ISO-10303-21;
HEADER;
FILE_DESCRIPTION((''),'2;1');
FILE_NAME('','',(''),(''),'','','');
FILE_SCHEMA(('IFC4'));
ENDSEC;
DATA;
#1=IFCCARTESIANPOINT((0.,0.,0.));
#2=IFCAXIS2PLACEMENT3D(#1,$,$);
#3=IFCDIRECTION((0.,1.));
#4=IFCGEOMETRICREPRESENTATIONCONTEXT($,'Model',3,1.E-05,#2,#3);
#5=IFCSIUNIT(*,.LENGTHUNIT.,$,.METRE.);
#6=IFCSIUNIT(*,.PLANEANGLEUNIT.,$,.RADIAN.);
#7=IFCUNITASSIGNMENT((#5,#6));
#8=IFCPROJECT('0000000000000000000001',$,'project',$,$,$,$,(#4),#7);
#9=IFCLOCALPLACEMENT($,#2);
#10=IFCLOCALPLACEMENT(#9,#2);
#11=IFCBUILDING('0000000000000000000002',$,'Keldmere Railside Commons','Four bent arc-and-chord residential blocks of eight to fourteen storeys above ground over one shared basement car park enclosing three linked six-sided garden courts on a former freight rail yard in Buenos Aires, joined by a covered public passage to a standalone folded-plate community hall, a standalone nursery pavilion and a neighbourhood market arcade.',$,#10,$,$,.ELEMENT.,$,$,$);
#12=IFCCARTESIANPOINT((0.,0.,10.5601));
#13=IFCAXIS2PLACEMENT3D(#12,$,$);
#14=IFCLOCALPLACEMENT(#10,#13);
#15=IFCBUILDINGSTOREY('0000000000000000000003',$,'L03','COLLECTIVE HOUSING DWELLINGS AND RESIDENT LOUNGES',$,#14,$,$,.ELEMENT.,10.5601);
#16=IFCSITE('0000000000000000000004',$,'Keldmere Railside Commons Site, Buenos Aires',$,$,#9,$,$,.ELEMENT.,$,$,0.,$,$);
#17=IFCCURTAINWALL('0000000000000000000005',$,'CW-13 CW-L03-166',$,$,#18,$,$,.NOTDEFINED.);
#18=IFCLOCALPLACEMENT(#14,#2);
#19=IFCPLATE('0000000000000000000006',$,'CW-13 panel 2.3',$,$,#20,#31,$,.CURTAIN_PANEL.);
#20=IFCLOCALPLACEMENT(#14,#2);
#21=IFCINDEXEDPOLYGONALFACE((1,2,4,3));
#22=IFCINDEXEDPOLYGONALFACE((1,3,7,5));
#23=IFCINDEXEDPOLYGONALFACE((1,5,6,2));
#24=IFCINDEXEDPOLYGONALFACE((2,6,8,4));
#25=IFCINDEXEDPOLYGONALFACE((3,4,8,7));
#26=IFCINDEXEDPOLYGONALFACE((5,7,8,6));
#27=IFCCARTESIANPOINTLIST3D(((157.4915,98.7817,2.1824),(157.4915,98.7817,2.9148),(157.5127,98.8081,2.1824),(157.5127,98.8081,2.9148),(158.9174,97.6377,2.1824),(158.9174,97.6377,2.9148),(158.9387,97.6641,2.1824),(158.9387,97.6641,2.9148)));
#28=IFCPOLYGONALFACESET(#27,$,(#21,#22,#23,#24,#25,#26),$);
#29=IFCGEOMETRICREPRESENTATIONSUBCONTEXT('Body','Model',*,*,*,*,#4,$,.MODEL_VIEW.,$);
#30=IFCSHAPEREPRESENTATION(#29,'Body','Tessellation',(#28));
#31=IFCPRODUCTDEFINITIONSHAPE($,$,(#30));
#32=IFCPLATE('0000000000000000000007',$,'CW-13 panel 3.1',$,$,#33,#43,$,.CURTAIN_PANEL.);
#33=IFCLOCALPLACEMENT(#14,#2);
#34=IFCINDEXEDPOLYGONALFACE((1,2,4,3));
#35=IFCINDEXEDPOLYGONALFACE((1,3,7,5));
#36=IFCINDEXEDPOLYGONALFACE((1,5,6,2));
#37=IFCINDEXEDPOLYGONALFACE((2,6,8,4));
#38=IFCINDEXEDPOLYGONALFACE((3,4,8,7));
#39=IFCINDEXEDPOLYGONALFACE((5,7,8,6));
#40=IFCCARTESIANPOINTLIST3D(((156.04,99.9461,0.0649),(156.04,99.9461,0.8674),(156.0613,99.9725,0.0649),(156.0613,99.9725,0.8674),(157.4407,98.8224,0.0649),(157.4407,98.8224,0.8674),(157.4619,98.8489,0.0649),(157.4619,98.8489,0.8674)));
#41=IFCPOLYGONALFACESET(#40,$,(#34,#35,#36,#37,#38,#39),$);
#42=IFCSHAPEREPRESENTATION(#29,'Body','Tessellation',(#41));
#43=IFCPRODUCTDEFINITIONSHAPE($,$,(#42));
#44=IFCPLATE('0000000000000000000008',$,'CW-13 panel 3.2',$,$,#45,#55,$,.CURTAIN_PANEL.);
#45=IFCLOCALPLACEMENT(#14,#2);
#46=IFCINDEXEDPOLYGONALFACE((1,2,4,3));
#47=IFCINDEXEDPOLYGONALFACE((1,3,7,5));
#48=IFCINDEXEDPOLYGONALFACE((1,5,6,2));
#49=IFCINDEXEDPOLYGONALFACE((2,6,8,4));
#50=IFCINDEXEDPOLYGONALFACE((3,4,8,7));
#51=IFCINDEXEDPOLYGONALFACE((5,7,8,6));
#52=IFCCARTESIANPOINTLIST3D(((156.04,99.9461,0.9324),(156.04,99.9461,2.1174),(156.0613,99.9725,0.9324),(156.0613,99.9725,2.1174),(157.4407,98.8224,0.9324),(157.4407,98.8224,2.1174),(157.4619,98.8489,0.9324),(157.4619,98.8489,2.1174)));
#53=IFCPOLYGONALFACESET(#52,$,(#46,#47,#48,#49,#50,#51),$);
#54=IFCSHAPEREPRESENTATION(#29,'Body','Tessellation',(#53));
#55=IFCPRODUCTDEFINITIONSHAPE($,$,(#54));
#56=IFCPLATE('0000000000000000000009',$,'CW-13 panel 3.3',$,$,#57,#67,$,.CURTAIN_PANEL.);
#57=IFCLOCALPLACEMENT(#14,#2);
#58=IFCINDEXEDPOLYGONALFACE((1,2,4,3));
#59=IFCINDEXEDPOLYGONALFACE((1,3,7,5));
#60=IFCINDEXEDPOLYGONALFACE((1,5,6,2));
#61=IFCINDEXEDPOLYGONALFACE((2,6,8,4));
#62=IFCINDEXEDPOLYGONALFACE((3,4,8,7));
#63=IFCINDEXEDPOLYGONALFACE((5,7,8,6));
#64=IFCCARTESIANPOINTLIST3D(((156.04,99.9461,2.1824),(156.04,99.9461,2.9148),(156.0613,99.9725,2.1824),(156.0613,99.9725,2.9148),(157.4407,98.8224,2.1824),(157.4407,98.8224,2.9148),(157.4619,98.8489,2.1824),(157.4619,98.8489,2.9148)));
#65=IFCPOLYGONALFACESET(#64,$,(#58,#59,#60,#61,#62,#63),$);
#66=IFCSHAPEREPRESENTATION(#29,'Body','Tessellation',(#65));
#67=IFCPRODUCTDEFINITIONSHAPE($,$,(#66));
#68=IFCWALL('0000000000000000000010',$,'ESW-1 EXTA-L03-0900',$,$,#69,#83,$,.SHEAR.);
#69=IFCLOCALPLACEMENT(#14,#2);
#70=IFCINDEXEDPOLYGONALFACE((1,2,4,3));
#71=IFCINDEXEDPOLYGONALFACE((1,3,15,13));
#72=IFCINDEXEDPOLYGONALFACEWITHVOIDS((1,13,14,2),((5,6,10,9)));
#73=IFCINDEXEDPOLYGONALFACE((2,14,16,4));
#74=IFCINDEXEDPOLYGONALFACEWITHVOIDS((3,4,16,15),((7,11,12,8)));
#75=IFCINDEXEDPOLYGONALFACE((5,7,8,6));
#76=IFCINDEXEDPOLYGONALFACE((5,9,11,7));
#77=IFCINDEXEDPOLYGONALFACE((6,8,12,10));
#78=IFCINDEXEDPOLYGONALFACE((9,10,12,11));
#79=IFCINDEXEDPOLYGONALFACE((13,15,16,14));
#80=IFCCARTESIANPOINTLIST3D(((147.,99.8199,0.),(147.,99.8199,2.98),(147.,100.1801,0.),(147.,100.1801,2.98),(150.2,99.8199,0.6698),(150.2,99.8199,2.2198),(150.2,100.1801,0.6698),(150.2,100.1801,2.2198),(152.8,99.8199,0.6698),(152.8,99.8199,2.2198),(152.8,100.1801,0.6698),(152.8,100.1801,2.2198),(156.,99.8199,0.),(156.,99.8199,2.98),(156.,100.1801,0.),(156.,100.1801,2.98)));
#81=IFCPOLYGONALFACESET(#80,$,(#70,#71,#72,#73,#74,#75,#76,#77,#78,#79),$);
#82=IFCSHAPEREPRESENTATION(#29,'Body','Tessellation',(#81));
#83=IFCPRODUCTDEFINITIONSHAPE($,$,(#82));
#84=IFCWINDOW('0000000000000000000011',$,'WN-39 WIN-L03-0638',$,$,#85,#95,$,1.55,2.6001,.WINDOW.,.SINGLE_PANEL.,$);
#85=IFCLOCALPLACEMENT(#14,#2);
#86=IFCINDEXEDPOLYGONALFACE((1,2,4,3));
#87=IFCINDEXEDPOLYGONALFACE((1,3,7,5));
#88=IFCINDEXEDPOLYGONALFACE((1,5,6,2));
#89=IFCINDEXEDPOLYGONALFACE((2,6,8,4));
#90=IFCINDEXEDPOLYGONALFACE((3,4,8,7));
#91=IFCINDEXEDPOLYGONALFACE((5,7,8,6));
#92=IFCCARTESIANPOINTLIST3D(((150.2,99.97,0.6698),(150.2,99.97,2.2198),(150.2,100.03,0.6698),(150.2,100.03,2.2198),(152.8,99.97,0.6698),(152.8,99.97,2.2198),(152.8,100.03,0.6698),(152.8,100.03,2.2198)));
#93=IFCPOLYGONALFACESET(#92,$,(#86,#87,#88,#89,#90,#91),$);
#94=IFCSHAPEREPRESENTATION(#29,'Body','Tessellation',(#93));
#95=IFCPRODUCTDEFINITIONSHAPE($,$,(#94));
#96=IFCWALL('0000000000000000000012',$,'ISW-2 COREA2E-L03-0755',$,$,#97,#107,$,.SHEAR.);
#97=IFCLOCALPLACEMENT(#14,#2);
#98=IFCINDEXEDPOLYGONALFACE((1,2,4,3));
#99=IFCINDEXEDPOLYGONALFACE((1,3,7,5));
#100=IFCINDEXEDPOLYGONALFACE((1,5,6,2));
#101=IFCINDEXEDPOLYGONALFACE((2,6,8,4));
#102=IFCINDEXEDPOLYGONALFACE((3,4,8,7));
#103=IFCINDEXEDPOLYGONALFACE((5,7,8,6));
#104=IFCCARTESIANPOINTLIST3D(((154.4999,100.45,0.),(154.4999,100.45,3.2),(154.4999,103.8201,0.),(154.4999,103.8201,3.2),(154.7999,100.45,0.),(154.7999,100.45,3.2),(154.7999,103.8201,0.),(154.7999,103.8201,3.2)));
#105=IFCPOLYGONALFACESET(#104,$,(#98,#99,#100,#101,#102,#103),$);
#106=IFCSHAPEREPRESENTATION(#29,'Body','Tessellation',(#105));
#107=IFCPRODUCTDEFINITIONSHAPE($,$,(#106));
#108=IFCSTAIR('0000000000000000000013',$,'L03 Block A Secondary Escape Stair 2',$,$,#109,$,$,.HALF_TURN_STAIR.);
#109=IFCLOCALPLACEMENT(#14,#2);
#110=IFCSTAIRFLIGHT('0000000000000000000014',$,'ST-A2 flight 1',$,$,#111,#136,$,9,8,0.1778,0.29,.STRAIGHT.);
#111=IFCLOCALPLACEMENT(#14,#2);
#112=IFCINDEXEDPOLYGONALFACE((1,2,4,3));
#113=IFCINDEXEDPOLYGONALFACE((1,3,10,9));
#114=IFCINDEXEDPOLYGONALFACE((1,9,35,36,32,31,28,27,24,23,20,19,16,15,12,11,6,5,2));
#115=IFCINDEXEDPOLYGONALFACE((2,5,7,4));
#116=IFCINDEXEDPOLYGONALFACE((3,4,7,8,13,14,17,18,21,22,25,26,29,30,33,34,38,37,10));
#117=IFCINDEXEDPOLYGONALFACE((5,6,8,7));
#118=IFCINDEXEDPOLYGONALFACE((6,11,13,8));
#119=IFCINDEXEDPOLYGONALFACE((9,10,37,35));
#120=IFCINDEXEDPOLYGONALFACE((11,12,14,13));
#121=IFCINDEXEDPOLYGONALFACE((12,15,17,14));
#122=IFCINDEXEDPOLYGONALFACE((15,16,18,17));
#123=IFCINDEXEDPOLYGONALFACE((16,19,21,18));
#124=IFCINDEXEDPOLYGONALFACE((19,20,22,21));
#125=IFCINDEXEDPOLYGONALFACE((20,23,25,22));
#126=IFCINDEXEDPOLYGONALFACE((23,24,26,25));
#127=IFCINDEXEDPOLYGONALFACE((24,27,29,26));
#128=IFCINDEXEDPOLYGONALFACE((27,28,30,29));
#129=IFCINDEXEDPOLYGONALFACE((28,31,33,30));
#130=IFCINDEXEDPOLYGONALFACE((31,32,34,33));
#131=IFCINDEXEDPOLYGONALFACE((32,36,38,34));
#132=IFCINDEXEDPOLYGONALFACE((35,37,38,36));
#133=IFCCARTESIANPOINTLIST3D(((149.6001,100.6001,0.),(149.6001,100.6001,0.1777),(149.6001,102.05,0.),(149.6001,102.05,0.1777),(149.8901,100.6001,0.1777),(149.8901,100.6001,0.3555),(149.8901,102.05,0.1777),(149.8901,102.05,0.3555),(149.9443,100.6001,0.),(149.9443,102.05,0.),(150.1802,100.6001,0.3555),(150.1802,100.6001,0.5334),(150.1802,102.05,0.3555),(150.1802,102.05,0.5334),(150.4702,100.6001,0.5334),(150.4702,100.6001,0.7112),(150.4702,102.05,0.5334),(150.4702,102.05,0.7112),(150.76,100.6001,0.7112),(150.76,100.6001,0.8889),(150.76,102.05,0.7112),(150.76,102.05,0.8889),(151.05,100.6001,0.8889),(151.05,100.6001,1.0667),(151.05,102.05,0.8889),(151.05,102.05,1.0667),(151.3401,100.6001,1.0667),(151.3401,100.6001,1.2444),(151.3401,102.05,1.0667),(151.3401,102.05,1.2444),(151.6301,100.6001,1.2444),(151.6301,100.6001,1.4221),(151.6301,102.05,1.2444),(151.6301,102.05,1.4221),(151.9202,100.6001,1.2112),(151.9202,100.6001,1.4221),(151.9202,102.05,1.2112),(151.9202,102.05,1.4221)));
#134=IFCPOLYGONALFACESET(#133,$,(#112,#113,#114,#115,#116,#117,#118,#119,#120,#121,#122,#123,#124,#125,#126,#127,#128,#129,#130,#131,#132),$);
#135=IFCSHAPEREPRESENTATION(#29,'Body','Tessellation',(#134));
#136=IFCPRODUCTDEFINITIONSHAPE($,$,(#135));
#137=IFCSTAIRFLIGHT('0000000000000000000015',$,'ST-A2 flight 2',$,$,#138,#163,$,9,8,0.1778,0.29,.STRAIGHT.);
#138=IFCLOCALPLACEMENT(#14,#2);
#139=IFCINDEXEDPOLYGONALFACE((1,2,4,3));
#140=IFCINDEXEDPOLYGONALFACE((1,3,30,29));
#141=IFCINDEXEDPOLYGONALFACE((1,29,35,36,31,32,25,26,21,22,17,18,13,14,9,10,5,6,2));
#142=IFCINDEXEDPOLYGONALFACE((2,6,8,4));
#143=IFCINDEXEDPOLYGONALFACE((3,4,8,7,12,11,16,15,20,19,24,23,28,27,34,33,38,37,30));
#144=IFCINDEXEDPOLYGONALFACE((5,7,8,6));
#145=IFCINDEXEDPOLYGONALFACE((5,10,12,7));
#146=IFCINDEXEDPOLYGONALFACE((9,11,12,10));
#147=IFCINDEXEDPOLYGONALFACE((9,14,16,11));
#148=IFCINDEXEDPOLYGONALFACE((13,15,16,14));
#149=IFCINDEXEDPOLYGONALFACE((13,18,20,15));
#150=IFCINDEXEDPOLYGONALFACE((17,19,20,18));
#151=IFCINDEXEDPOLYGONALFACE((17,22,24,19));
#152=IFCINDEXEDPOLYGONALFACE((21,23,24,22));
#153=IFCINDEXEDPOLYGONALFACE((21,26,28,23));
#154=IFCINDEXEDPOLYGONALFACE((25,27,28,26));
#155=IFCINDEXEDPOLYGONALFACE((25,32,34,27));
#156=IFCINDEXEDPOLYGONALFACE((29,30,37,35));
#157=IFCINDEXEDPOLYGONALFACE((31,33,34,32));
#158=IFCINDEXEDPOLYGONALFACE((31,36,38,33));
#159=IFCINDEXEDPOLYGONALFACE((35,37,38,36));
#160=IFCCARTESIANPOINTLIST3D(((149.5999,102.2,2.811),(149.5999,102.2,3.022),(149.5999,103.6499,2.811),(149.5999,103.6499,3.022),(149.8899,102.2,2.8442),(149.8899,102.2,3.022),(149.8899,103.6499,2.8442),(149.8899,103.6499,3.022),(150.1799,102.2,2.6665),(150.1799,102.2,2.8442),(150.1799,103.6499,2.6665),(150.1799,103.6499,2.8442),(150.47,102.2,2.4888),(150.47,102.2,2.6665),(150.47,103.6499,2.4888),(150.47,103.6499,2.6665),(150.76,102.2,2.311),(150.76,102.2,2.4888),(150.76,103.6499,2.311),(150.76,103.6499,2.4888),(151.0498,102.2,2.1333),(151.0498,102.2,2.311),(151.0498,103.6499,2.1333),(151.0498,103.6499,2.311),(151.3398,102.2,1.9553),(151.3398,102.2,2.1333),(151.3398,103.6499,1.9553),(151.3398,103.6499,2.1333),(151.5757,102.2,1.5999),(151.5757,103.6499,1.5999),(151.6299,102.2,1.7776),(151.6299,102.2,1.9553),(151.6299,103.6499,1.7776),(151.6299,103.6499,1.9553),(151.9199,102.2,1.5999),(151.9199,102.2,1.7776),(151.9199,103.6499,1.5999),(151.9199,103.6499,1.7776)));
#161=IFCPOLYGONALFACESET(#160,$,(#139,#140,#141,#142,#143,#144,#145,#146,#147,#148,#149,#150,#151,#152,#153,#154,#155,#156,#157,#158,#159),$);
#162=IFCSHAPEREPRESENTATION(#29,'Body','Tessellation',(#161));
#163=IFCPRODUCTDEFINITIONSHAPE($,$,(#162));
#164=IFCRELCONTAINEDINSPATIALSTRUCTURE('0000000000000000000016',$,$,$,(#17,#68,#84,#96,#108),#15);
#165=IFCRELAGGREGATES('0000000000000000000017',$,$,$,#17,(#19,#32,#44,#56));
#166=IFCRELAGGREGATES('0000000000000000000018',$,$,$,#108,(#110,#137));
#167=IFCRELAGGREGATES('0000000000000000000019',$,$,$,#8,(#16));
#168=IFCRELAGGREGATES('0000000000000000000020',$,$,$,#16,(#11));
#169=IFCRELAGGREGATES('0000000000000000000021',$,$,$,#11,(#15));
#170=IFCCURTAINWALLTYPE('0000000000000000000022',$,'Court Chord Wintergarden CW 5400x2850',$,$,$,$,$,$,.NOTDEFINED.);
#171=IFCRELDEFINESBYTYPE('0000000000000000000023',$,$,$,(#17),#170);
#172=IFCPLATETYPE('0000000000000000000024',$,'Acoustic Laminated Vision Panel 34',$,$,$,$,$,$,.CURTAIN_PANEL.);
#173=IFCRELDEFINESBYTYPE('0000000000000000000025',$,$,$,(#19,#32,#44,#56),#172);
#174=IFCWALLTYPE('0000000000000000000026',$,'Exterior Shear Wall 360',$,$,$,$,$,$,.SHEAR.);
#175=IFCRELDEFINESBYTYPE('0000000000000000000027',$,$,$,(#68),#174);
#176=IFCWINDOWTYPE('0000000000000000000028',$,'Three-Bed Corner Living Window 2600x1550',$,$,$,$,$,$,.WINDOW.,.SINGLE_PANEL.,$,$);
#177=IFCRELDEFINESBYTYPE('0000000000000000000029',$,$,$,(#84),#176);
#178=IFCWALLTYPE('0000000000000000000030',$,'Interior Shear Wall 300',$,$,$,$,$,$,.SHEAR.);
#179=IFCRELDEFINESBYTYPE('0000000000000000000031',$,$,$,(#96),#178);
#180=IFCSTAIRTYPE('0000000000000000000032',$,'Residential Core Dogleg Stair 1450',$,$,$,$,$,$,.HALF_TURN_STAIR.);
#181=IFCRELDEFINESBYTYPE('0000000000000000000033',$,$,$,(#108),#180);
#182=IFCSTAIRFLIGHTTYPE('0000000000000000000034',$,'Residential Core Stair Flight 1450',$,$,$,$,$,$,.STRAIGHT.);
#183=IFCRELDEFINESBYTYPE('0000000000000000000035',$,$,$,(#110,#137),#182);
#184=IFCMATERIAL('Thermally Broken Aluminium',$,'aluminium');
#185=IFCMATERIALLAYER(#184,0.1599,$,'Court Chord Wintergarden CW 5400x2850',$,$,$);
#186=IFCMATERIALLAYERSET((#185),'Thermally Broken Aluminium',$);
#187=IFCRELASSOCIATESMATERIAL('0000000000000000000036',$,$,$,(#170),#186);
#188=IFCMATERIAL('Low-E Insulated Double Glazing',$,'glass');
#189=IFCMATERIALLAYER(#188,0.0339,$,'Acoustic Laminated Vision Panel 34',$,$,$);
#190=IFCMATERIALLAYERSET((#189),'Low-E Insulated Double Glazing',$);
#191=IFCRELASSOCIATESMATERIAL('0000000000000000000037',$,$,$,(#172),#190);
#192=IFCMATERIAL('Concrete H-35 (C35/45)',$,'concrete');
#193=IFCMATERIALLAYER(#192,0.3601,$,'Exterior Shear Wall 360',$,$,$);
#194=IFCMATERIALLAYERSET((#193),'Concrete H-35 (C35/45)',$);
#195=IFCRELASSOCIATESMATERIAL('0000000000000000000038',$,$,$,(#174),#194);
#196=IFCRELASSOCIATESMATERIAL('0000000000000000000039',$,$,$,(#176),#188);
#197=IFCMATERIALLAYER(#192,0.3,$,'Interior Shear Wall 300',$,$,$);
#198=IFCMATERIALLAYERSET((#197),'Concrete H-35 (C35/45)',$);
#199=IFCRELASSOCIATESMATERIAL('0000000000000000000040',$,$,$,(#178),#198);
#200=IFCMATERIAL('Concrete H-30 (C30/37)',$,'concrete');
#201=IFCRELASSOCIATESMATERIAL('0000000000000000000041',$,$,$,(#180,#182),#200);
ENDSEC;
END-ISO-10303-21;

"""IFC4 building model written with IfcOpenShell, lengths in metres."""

from ifc_helpers import new_model, si_unit, direction, frame, frame_2d, origin, origin_2d, place, context, subcontext, project, spatial, polyline, rectangle, outline, extrude, material, layer, layer_set, type_object, element, fill, aggregate, save


model = new_model("IFC4")

# Units and contexts
model_context = context("Model", 3, precision=1e-05, world=origin(), true_north=direction((0.0, 1.0)))
body_context = subcontext(model_context, "Body", "Model", "MODEL_VIEW")
ifc_project = project(units=[si_unit("LENGTHUNIT", "METRE"), si_unit("PLANEANGLEUNIT", "RADIAN")], contexts=[model_context])

# Site, building, storey
site_placement = place(None, origin())
site = spatial("IfcSite", under=ifc_project, at=site_placement, Name="Keldmere Railside Commons Site, Buenos Aires", CompositionType="ELEMENT", RefElevation=0.0)
building_placement = place(site_placement, origin())
building = spatial("IfcBuilding", under=site, at=building_placement, Name="Keldmere Railside Commons", Description="Four bent arc-and-chord residential blocks of eight to fourteen storeys above ground over one shared basement car park enclosing three linked six-sided garden courts on a former freight rail yard in Buenos Aires, joined by a covered public passage to a standalone folded-plate community hall, a standalone nursery pavilion and a neighbourhood market arcade.", CompositionType="ELEMENT")
storey_placement = place(building_placement, frame((0.0, 0.0, 10.5601)))
storey = spatial("IfcBuildingStorey", under=building, at=storey_placement, Name="L03", Description="COLLECTIVE HOUSING DWELLINGS AND RESIDENT LOUNGES", CompositionType="ELEMENT", Elevation=10.5601)

# Curtain wall, plates
ifc_material_1 = material(Name="Thermally Broken Aluminium", Category="aluminium")
ifc_layer_1 = layer(ifc_material_1, 0.1599, Name="Court Chord Wintergarden CW 5400x2850")
ifc_layer_set_1 = layer_set([ifc_layer_1], Name="Thermally Broken Aluminium")
curtain_wall_type = type_object("IfcCurtainWallType", Name="Court Chord Wintergarden CW 5400x2850", PredefinedType="NOTDEFINED", material=ifc_layer_set_1)
curtain_wall_placement = place(storey_placement, origin())
curtain_wall = element("IfcCurtainWall", 1, at=curtain_wall_placement, inside=storey, type_object=curtain_wall_type, Name="CW-13 CW-L03-166", PredefinedType="NOTDEFINED")
ifc_material_2 = material(Name="Low-E Insulated Double Glazing", Category="glass")
ifc_layer_2 = layer(ifc_material_2, 0.0339, Name="Acoustic Laminated Vision Panel 34")
ifc_layer_set_2 = layer_set([ifc_layer_2], Name="Low-E Insulated Double Glazing")
plate_type = type_object("IfcPlateType", Name="Acoustic Laminated Vision Panel 34", PredefinedType="CURTAIN_PANEL", material=ifc_layer_set_2)
plate_1_placement = place(storey_placement, frame((158.2151, 98.2229, 2.1824), z_axis=(0.0, 0.0, 1.0), x_axis=(-0.780009, 0.625768, 0.0)))
plate_1 = element("IfcPlate", 2, at=plate_1_placement, type_object=plate_type, Name="CW-13 panel 2.3", PredefinedType="CURTAIN_PANEL", context=body_context, shape_type="SweptSolid", body=[
    extrude(rectangle(XDim=1.8281, YDim=0.0339, at=origin_2d()), origin(), (0.0, 0.0, 1.0), 0.7324),
])
plate_2_placement = place(storey_placement, frame((156.751, 99.3975, 0.0649), z_axis=(0.0, 0.0, 1.0), x_axis=(-0.780009, 0.625768, 0.0)))
plate_2 = element("IfcPlate", 3, at=plate_2_placement, type_object=plate_type, Name="CW-13 panel 3.1", PredefinedType="CURTAIN_PANEL", context=body_context, shape_type="SweptSolid", body=[
    extrude(rectangle(XDim=1.7957, YDim=0.0339, at=origin_2d()), origin(), (0.0, 0.0, 1.0), 0.8025),
])
plate_3_placement = place(storey_placement, frame((156.751, 99.3975, 0.9324), z_axis=(0.0, 0.0, 1.0), x_axis=(-0.780009, 0.625768, 0.0)))
plate_3 = element("IfcPlate", 4, at=plate_3_placement, type_object=plate_type, Name="CW-13 panel 3.2", PredefinedType="CURTAIN_PANEL", context=body_context, shape_type="SweptSolid", body=[
    extrude(rectangle(XDim=1.7957, YDim=0.0339, at=origin_2d()), origin(), (0.0, 0.0, 1.0), 1.1851),
])
plate_4_placement = place(storey_placement, frame((156.751, 99.3975, 2.1824), z_axis=(0.0, 0.0, 1.0), x_axis=(-0.780009, 0.625768, 0.0)))
plate_4 = element("IfcPlate", 5, at=plate_4_placement, type_object=plate_type, Name="CW-13 panel 3.3", PredefinedType="CURTAIN_PANEL", context=body_context, shape_type="SweptSolid", body=[
    extrude(rectangle(XDim=1.7957, YDim=0.0339, at=origin_2d()), origin(), (0.0, 0.0, 1.0), 0.7324),
])
aggregate(curtain_wall, [plate_1, plate_2, plate_3, plate_4])

# Wall, opening, window
ifc_material_3 = material(Name="Concrete H-35 (C35/45)", Category="concrete")
ifc_layer_3 = layer(ifc_material_3, 0.3601, Name="Exterior Shear Wall 360")
ifc_layer_set_3 = layer_set([ifc_layer_3], Name="Concrete H-35 (C35/45)")
wall_type_1 = type_object("IfcWallType", Name="Exterior Shear Wall 360", PredefinedType="SHEAR", material=ifc_layer_set_3)
wall_1_placement = place(storey_placement, frame((156.0, 100.0, 0.0), z_axis=(0.0, 0.0, 1.0), x_axis=(-1.0, 0.0, 0.0)))
wall_1 = element("IfcWall", 6, at=wall_1_placement, inside=storey, type_object=wall_type_1, Name="ESW-1 EXTA-L03-0900", PredefinedType="SHEAR", context=body_context, shape_type="SweptSolid", body=[
    extrude(rectangle(XDim=9.0, YDim=0.3601, at=frame_2d((4.5, 0.0))), origin(), (0.0, 0.0, 1.0), 2.98),
])
opening_placement = place(wall_1_placement, frame((3.2, 0.0, 0.6699)))
opening = element("IfcOpeningElement", 7, at=opening_placement, cuts=wall_1, PredefinedType="OPENING", context=body_context, shape_type="SweptSolid", body=[
    extrude(rectangle(XDim=2.6001, YDim=1.55, at=frame_2d((1.3, 0.7749))), frame((0.0, 0.1899, 0.0), z_axis=(0.0, -1.0, 0.0), x_axis=(1.0, 0.0, 0.0)), (0.0, 0.0, 1.0), 0.3801),
])
window_type = type_object("IfcWindowType", Name="Three-Bed Corner Living Window 2600x1550", PartitioningType="SINGLE_PANEL", PredefinedType="WINDOW", material=ifc_material_2)
window_placement = place(opening_placement, origin())
window = element("IfcWindow", 8, at=window_placement, inside=storey, type_object=window_type, Name="WN-39 WIN-L03-0638", OverallHeight=1.55, OverallWidth=2.6001, PartitioningType="SINGLE_PANEL", PredefinedType="WINDOW", context=body_context, shape_type="SweptSolid", body=[
    extrude(rectangle(XDim=2.6001, YDim=1.55, at=frame_2d((1.3, 0.7749))), frame((0.0, 0.03, 0.0), z_axis=(0.0, -1.0, 0.0), x_axis=(1.0, 0.0, 0.0)), (0.0, 0.0, 1.0), 0.0601),
])
fill(opening, window)

# Wall
ifc_layer_4 = layer(ifc_material_3, 0.3, Name="Interior Shear Wall 300")
ifc_layer_set_4 = layer_set([ifc_layer_4], Name="Concrete H-35 (C35/45)")
wall_type_2 = type_object("IfcWallType", Name="Interior Shear Wall 300", PredefinedType="SHEAR", material=ifc_layer_set_4)
wall_2_placement = place(storey_placement, frame((154.6499, 100.45, 0.0), z_axis=(0.0, 0.0, 1.0), x_axis=(0.0, 1.0, 0.0)))
element("IfcWall", 9, at=wall_2_placement, inside=storey, type_object=wall_type_2, Name="ISW-2 COREA2E-L03-0755", PredefinedType="SHEAR", context=body_context, shape_type="SweptSolid", body=[
    extrude(rectangle(XDim=3.3701, YDim=0.3, at=frame_2d((1.6851, 0.0))), origin(), (0.0, 0.0, 1.0), 3.2),
])

# Stair, stair flights
ifc_material_4 = material(Name="Concrete H-30 (C30/37)", Category="concrete")
stair_type = type_object("IfcStairType", Name="Residential Core Dogleg Stair 1450", PredefinedType="HALF_TURN_STAIR", material=ifc_material_4)
stair_placement = place(storey_placement, origin())
stair = element("IfcStair", 10, at=stair_placement, inside=storey, type_object=stair_type, Name="L03 Block A Secondary Escape Stair 2", PredefinedType="HALF_TURN_STAIR")
stair_flight_type = type_object("IfcStairFlightType", Name="Residential Core Stair Flight 1450", PredefinedType="STRAIGHT", material=ifc_material_4)
stair_flight_1_placement = place(storey_placement, frame((149.6001, 101.325, 0.0), z_axis=(0.0, 0.0, 1.0), x_axis=(1.0, 0.0, 0.0)))
stair_flight_1 = element("IfcStairFlight", 11, at=stair_flight_1_placement, type_object=stair_flight_type, Name="ST-A2 flight 1", NumberOfRisers=9, NumberOfTreads=8, PredefinedType="STRAIGHT", RiserHeight=0.1778, TreadLength=0.29, context=body_context, shape_type="SweptSolid", body=[
    extrude(outline(polyline([(0.0, 0.0), (0.0, 0.1777), (0.29, 0.1777), (0.29, 0.3555), (0.5801, 0.3555), (0.5801, 0.5334), (0.8701, 0.5334), (0.8701, 0.7112), (1.1599, 0.7112), (1.1599, 0.8889), (1.45, 0.8889), (1.45, 1.0667), (1.74, 1.0667), (1.74, 1.2444), (2.03, 1.2444), (2.03, 1.4221), (2.3201, 1.4221), (2.3201, 1.6001), (2.3201, 1.2112), (0.3442, 0.0), (0.0, 0.0)])), frame((0.0, 0.7251, 0.0), z_axis=(0.0, -1.0, 0.0), x_axis=(1.0, 0.0, 0.0)), (0.0, 0.0, 1.0), 1.45),
])
stair_flight_2_placement = place(storey_placement, frame((151.9199, 102.925, 1.5999), z_axis=(0.0, 0.0, 1.0), x_axis=(-1.0, 0.0, 0.0)))
stair_flight_2 = element("IfcStairFlight", 12, at=stair_flight_2_placement, type_object=stair_flight_type, Name="ST-A2 flight 2", NumberOfRisers=9, NumberOfTreads=8, PredefinedType="STRAIGHT", RiserHeight=0.1778, TreadLength=0.29, context=body_context, shape_type="SweptSolid", body=[
    extrude(outline(polyline([(0.0, 0.0), (0.0, 0.1777), (0.29, 0.1777), (0.29, 0.3555), (0.5801, 0.3555), (0.5801, 0.5334), (0.8701, 0.5334), (0.8701, 0.7112), (1.1599, 0.7112), (1.1599, 0.8889), (1.45, 0.8889), (1.45, 1.0667), (1.74, 1.0667), (1.74, 1.2444), (2.03, 1.2444), (2.03, 1.4221), (2.3201, 1.4221), (2.3201, 1.6001), (2.3201, 1.2112), (0.3442, 0.0), (0.0, 0.0)])), frame((0.0, 0.7251, 0.0), z_axis=(0.0, -1.0, 0.0), x_axis=(1.0, 0.0, 0.0)), (0.0, 0.0, 1.0), 1.45),
])
aggregate(stair, [stair_flight_1, stair_flight_2])

save(model, "model.ifc")
